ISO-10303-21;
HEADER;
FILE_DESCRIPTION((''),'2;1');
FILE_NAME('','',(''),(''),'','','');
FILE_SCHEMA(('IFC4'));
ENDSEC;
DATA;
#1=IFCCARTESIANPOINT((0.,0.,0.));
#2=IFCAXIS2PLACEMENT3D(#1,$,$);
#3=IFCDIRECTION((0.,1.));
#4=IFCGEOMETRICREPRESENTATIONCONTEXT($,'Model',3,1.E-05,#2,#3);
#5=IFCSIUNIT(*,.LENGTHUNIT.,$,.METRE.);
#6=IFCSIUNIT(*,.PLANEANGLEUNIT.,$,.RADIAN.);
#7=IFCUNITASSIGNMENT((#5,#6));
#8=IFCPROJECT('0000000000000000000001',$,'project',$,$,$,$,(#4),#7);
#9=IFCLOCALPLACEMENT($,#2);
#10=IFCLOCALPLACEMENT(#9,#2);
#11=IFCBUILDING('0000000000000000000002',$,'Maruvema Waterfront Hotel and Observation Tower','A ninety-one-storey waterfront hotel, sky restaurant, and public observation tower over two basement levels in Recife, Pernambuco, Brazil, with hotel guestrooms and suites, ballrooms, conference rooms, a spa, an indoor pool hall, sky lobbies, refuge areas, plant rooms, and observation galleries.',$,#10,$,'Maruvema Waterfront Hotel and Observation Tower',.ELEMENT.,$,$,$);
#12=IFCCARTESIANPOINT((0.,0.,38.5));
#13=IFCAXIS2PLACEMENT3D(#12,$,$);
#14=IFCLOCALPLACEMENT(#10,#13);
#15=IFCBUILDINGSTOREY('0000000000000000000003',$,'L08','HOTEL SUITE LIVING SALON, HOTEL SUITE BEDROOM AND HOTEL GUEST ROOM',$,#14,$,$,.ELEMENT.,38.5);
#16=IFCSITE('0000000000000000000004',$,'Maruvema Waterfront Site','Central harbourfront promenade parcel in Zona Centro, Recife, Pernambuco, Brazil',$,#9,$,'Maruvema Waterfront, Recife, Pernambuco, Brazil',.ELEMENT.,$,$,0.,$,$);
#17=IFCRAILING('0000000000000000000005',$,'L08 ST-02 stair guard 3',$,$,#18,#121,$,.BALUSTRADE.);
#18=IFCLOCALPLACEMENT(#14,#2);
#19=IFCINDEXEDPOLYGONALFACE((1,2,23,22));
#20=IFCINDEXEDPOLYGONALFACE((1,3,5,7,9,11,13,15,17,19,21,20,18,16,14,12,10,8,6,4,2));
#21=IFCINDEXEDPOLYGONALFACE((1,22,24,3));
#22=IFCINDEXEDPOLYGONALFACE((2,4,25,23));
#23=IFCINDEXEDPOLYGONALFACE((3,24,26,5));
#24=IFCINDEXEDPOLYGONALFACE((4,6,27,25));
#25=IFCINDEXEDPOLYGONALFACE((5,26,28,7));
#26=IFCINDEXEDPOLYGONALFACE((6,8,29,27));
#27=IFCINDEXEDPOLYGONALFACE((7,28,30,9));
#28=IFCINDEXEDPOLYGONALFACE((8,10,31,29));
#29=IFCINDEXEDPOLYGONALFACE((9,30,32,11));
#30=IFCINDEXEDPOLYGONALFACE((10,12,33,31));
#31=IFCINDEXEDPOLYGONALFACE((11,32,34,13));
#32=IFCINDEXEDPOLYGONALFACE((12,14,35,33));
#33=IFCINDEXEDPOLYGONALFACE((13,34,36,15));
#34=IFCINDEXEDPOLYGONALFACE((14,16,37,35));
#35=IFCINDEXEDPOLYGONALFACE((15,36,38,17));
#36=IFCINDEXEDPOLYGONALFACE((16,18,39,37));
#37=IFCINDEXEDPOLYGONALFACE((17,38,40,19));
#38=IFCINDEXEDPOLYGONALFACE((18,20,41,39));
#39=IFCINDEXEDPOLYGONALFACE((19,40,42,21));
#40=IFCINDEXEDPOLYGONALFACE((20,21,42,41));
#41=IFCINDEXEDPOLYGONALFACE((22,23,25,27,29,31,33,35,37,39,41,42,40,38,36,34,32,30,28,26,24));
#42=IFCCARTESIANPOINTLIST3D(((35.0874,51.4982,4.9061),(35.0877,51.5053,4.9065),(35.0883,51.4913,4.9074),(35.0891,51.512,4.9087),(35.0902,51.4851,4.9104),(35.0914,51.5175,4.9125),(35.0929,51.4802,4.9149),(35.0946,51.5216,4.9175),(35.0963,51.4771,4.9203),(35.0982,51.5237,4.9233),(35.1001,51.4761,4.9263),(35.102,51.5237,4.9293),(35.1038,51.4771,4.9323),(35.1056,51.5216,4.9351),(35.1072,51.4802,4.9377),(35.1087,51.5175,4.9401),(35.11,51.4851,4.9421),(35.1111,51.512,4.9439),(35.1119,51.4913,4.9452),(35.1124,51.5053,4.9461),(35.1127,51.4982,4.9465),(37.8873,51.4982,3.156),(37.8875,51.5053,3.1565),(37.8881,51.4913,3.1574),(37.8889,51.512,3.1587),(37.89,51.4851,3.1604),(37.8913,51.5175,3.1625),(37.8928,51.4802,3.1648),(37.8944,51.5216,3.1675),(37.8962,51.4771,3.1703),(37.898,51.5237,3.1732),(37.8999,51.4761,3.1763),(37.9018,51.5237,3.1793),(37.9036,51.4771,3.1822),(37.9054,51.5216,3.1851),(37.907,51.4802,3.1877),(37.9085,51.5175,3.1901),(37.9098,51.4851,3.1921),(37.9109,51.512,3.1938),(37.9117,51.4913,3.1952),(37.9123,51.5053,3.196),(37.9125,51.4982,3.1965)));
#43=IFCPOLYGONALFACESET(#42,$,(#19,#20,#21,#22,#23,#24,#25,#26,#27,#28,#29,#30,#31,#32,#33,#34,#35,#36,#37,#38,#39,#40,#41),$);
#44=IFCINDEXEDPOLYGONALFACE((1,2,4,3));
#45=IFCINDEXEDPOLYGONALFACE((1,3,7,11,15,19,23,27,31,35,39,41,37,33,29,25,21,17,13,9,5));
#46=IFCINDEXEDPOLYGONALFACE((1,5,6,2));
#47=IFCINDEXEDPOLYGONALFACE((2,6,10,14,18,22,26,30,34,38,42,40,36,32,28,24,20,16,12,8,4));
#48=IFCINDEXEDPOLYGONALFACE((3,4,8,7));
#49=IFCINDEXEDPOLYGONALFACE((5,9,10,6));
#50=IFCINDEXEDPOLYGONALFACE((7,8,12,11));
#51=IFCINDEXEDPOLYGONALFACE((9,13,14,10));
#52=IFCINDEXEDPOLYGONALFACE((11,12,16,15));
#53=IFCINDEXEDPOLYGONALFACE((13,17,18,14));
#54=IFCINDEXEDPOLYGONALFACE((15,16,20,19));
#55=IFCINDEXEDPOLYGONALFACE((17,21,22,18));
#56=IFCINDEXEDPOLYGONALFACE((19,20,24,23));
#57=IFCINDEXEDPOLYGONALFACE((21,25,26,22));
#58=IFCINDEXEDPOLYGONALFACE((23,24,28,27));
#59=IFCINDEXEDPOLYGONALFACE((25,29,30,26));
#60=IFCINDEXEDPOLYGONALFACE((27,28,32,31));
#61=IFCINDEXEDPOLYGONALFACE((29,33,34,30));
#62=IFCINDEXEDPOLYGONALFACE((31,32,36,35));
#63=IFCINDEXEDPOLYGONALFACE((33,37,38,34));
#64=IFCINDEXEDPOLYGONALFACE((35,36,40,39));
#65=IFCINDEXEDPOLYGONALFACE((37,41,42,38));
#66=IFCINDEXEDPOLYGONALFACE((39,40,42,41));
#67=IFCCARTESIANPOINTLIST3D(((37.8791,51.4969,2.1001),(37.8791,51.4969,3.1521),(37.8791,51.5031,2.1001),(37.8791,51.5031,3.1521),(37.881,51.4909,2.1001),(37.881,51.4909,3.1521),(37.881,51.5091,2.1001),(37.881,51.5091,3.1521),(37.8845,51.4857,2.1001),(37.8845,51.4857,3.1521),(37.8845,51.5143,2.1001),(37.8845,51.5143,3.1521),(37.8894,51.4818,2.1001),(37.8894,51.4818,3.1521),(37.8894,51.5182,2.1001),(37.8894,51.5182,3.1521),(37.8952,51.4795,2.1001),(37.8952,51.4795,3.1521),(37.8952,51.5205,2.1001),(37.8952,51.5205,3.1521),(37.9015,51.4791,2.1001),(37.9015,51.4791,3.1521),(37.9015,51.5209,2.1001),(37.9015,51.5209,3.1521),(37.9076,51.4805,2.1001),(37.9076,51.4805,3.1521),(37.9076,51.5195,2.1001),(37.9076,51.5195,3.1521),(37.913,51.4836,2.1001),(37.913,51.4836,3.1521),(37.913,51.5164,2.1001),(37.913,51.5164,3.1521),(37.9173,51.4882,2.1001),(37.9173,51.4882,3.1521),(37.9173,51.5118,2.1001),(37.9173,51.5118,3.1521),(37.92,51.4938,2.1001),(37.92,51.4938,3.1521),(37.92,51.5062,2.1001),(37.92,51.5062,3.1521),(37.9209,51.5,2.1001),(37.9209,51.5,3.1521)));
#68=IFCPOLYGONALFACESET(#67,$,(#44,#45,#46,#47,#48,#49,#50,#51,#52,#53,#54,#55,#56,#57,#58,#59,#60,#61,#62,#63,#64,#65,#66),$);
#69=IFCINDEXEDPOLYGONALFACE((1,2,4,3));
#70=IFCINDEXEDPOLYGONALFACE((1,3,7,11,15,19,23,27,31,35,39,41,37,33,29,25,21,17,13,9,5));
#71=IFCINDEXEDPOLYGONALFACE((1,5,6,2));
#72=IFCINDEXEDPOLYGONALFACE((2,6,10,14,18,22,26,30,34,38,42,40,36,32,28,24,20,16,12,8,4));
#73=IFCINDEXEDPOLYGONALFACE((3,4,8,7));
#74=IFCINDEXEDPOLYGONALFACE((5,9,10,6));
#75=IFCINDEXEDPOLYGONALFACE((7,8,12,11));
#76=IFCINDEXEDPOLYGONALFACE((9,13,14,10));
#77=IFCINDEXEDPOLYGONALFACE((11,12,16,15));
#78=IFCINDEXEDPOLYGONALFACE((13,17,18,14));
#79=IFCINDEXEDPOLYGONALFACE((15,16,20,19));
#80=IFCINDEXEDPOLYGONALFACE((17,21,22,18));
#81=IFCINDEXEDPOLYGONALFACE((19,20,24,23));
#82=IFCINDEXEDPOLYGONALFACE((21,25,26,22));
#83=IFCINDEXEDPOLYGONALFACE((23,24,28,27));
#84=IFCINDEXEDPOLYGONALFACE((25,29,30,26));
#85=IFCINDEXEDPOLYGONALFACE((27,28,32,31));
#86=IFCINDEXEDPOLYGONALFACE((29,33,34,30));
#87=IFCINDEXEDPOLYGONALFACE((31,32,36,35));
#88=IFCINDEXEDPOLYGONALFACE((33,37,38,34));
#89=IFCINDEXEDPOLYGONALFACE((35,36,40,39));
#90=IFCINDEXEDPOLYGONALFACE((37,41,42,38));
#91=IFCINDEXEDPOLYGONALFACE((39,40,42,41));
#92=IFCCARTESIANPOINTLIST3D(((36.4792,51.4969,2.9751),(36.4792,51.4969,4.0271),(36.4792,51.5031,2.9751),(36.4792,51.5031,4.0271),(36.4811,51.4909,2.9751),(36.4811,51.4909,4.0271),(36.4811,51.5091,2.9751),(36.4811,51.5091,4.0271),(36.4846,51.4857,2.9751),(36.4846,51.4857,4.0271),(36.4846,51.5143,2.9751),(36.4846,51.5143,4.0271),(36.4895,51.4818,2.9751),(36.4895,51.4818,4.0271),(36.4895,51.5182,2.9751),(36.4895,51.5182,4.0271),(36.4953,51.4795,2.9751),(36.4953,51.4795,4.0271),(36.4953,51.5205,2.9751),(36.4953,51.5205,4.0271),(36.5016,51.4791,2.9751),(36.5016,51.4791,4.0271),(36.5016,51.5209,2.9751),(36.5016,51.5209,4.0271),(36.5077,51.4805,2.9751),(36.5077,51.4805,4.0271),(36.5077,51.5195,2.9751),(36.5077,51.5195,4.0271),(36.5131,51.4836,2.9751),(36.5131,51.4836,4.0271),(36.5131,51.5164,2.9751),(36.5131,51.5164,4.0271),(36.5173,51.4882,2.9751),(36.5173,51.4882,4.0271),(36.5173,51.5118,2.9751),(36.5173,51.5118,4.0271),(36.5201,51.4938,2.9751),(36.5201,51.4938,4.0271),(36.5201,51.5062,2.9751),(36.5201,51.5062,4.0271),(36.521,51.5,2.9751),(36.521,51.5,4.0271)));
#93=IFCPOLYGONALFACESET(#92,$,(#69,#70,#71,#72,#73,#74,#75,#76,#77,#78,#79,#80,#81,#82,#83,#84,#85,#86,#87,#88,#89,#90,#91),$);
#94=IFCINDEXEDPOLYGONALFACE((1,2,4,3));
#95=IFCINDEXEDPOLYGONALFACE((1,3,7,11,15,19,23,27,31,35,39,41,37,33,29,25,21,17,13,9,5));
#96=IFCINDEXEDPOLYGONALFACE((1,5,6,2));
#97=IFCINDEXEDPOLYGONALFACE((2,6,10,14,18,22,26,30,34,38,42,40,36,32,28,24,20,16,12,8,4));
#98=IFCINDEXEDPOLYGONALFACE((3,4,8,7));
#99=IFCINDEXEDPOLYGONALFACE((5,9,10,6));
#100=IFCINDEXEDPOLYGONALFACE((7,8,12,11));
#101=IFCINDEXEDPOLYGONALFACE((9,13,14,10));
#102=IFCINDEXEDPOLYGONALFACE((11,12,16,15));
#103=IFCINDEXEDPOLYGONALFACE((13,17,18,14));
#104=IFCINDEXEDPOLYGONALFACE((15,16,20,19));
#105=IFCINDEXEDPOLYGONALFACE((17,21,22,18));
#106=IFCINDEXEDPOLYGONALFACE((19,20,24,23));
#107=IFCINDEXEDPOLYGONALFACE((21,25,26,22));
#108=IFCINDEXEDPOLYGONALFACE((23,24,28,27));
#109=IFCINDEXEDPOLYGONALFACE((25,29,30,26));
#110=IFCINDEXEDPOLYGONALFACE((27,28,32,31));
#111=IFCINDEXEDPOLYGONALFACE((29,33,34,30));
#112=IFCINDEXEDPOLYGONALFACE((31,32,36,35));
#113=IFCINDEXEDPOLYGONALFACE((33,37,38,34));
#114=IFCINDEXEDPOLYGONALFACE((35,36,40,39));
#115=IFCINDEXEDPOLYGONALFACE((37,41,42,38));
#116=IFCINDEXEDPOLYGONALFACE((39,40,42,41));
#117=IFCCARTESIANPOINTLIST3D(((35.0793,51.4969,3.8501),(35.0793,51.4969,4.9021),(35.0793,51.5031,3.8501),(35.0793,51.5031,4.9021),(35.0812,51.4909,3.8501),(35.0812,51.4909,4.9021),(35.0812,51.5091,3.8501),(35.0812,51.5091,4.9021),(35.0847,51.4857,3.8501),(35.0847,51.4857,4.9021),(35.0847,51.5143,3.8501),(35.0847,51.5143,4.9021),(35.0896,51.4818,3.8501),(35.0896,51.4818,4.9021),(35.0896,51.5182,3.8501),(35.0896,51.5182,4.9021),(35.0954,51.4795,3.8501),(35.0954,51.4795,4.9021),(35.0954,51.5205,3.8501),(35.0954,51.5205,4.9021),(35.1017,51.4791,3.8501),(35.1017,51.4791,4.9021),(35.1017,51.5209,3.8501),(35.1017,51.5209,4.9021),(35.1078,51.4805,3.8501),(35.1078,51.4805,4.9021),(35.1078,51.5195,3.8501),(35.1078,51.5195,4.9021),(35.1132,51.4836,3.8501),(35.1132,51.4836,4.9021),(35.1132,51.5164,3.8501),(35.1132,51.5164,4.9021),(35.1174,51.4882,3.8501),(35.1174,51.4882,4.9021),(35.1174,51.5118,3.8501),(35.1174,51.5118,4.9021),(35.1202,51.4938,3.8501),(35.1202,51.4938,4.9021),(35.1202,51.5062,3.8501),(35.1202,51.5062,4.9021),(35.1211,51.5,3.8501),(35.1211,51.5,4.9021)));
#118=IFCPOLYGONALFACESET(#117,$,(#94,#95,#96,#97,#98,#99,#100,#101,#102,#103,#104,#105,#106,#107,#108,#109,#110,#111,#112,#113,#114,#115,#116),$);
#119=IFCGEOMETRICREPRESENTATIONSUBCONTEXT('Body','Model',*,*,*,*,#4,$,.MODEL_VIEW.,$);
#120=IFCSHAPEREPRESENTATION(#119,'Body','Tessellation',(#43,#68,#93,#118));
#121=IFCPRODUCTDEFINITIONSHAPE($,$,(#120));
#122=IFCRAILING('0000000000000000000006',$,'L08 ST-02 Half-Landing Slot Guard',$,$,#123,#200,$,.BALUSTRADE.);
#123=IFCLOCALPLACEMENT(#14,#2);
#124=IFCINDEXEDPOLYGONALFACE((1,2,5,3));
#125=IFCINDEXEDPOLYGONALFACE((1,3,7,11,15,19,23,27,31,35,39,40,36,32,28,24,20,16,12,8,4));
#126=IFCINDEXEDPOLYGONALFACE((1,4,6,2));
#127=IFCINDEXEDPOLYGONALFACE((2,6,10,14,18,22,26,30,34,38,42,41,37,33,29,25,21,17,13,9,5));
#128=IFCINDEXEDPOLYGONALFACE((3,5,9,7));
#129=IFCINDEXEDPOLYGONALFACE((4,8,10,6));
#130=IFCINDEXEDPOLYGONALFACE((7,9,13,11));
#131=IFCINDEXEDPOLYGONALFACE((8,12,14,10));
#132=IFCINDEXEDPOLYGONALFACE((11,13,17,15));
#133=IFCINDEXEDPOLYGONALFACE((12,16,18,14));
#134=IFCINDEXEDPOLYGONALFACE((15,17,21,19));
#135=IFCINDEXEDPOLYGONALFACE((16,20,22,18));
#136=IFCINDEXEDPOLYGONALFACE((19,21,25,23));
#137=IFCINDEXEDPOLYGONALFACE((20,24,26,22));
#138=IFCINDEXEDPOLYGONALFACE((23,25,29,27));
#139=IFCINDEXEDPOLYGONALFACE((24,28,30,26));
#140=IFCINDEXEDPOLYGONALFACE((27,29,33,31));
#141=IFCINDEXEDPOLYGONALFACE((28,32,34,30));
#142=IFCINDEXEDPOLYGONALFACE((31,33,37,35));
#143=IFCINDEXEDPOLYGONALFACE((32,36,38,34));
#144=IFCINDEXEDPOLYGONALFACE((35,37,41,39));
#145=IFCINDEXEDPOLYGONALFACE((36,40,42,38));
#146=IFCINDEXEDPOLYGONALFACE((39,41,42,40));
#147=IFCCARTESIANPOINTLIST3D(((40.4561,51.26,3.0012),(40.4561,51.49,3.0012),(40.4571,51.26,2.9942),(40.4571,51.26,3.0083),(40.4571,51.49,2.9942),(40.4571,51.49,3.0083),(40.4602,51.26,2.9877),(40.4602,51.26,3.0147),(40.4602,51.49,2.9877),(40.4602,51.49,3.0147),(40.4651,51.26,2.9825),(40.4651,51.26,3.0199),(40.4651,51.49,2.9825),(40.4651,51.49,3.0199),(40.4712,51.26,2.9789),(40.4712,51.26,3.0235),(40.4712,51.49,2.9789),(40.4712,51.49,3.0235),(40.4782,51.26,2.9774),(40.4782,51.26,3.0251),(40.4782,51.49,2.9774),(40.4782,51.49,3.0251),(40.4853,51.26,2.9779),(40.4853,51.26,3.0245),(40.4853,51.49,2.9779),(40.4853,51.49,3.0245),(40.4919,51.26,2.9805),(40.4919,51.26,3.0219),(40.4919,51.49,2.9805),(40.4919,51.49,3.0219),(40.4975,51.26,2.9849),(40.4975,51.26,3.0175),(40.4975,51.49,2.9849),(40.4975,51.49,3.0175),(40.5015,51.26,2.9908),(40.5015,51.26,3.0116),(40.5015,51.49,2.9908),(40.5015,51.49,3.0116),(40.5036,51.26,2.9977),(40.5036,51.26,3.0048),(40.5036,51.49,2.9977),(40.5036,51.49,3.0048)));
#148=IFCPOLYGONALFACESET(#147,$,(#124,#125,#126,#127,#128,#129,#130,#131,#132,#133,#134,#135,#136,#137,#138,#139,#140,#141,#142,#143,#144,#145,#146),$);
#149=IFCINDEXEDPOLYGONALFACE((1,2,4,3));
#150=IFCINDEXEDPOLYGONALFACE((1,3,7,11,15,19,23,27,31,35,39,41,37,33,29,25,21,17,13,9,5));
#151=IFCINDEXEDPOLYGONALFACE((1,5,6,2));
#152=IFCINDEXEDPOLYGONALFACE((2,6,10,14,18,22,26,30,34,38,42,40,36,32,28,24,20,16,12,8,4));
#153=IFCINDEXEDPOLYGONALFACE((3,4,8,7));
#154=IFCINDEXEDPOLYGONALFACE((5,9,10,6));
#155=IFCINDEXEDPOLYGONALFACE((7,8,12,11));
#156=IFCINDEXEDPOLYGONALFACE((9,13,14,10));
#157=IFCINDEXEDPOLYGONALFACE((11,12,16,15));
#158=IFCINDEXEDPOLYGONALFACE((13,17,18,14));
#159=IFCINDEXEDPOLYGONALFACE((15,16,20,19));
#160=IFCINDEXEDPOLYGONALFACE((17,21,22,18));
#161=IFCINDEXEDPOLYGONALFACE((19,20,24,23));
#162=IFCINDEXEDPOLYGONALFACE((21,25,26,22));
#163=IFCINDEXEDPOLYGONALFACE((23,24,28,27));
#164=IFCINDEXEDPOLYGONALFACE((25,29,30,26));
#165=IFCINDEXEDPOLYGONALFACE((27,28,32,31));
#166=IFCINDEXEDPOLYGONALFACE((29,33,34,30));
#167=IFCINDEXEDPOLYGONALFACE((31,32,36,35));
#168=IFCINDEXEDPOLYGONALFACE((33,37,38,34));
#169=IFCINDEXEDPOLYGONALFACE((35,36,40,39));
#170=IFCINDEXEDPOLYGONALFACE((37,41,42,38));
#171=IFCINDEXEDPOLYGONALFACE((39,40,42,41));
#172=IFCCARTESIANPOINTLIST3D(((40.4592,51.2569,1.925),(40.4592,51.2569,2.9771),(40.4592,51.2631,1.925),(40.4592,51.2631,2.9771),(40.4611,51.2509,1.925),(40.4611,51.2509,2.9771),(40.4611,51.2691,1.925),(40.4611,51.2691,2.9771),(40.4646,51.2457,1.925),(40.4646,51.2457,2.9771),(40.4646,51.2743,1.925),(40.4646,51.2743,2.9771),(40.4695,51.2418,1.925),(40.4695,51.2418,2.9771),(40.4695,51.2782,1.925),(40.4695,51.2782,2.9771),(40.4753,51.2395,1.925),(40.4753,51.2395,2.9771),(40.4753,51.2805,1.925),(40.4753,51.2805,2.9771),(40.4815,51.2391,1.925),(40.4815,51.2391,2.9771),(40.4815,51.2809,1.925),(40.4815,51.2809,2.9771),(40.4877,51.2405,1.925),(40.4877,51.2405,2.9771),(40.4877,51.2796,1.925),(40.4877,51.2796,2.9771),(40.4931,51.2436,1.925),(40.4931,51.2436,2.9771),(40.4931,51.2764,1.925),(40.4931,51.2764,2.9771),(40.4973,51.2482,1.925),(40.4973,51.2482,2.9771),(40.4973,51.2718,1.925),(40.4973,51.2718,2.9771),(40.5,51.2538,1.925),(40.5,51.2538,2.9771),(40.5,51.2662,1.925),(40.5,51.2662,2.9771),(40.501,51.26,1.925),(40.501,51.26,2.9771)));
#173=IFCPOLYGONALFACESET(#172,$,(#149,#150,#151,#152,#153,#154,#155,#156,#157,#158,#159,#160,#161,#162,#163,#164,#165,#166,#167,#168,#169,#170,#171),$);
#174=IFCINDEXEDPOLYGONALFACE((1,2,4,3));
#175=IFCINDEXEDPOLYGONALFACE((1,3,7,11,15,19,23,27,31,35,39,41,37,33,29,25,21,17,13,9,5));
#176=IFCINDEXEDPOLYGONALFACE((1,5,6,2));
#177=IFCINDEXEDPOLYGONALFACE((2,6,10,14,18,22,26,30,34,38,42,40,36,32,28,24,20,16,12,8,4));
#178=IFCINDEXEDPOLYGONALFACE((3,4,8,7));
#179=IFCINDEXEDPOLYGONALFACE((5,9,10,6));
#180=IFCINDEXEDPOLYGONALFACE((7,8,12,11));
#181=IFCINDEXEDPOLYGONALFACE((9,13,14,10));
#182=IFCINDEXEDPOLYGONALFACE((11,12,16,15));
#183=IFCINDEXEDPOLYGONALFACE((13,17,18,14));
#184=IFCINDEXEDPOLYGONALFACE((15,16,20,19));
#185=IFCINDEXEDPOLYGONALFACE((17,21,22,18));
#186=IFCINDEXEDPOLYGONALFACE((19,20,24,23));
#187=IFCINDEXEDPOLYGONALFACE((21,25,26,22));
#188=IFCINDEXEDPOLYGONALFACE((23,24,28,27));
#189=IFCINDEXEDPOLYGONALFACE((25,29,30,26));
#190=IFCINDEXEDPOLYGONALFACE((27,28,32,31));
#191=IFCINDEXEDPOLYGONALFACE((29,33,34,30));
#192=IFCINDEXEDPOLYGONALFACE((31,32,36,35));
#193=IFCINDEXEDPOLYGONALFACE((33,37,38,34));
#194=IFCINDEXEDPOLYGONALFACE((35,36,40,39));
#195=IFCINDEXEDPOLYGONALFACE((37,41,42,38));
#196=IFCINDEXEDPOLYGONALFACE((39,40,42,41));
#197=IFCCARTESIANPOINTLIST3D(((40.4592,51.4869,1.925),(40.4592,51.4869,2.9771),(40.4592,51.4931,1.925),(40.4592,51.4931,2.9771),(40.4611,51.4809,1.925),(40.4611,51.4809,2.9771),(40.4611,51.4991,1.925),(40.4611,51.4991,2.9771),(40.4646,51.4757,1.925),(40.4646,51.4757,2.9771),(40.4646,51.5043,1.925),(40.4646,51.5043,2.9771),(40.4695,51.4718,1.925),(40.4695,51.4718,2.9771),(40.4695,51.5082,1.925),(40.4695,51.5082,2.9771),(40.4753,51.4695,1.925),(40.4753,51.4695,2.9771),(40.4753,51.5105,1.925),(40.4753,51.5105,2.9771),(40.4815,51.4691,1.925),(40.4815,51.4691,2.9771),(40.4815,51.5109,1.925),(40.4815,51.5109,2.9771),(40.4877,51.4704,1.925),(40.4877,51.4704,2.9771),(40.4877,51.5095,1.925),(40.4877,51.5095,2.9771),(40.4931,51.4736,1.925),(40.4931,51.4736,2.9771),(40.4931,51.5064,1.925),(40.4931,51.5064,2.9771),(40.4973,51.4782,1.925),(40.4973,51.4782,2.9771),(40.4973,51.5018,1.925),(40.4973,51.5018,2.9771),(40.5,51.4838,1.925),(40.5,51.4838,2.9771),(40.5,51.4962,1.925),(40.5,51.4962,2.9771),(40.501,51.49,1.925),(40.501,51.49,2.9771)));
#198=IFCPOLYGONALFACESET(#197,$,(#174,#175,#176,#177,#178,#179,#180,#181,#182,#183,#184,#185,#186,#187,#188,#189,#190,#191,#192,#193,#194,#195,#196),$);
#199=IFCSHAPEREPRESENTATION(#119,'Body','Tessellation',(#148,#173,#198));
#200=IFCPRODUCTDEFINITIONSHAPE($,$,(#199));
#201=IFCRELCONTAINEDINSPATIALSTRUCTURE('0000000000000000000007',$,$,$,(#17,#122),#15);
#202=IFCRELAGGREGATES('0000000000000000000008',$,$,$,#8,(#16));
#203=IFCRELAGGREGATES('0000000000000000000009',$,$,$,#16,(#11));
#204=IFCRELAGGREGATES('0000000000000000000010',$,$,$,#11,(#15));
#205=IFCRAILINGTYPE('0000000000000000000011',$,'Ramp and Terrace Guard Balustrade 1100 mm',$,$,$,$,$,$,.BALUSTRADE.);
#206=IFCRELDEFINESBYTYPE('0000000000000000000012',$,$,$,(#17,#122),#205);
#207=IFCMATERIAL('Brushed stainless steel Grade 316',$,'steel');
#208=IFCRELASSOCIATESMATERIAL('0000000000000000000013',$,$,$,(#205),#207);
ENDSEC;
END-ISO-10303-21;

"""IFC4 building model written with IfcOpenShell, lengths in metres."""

from ifc_helpers import new_model, si_unit, direction, frame, origin, origin_2d, place, context, subcontext, project, spatial, circle, extrude, material, type_object, element, save


model = new_model("IFC4")

# Units and contexts
model_context = context("Model", 3, precision=1e-05, world=origin(), true_north=direction((0.0, 1.0)))
body_context = subcontext(model_context, "Body", "Model", "MODEL_VIEW")
ifc_project = project(units=[si_unit("LENGTHUNIT", "METRE"), si_unit("PLANEANGLEUNIT", "RADIAN")], contexts=[model_context])

# Site, building, storey
site_placement = place(None, origin())
site = spatial("IfcSite", under=ifc_project, at=site_placement, Name="Maruvema Waterfront Site", Description="Central harbourfront promenade parcel in Zona Centro, Recife, Pernambuco, Brazil", LongName="Maruvema Waterfront, Recife, Pernambuco, Brazil", CompositionType="ELEMENT", RefElevation=0.0)
building_placement = place(site_placement, origin())
building = spatial("IfcBuilding", under=site, at=building_placement, Name="Maruvema Waterfront Hotel and Observation Tower", Description="A ninety-one-storey waterfront hotel, sky restaurant, and public observation tower over two basement levels in Recife, Pernambuco, Brazil, with hotel guestrooms and suites, ballrooms, conference rooms, a spa, an indoor pool hall, sky lobbies, refuge areas, plant rooms, and observation galleries.", LongName="Maruvema Waterfront Hotel and Observation Tower", CompositionType="ELEMENT")
storey_placement = place(building_placement, frame((0.0, 0.0, 38.5)))
storey = spatial("IfcBuildingStorey", under=building, at=storey_placement, Name="L08", Description="HOTEL SUITE LIVING SALON, HOTEL SUITE BEDROOM AND HOTEL GUEST ROOM", CompositionType="ELEMENT", Elevation=38.5)

# Railings
ifc_material_1 = material(Name="Brushed stainless steel Grade 316", Category="steel")
railing_type_1 = type_object("IfcRailingType", Name="Ramp and Terrace Guard Balustrade 1100 mm", PredefinedType="BALUSTRADE", material=ifc_material_1)
railing_1_placement = place(storey_placement, frame((37.8999, 51.5, 2.1001)))
element("IfcRailing", 1, at=railing_1_placement, inside=storey, type_object=railing_type_1, Name="L08 ST-02 stair guard 3", PredefinedType="BALUSTRADE", context=body_context, shape_type="SweptSolid", body=[
    extrude(circle(Radius=0.0239, at=origin_2d()), frame((0.0, 0.0, 1.0762), z_axis=(-0.847982, 0.0, 0.530026), x_axis=(0.0, -1.0, 0.0)), (0.0, 0.0, 1.0), 3.3018),
    extrude(circle(Radius=0.021, at=origin_2d()), origin(), (0.0, 0.0, 1.0), 1.052),
    extrude(circle(Radius=0.021, at=origin_2d()), frame((-1.3999, 0.0, 0.875)), (0.0, 0.0, 1.0), 1.052),
    extrude(circle(Radius=0.021, at=origin_2d()), frame((-2.7998, 0.0, 1.75)), (0.0, 0.0, 1.0), 1.052),
])
railing_2_placement = place(storey_placement, frame((40.48, 51.26, 1.925)))
element("IfcRailing", 2, at=railing_2_placement, inside=storey, type_object=railing_type_1, Name="L08 ST-02 Half-Landing Slot Guard", PredefinedType="BALUSTRADE", context=body_context, shape_type="SweptSolid", body=[
    extrude(circle(Radius=0.0239, at=origin_2d()), frame((0.0, 0.0, 1.0762), z_axis=(0.0, 1.0, 0.0), x_axis=(-1.0, 0.0, 0.0)), (0.0, 0.0, 1.0), 0.23),
    extrude(circle(Radius=0.021, at=origin_2d()), origin(), (0.0, 0.0, 1.0), 1.052),
    extrude(circle(Radius=0.021, at=origin_2d()), frame((0.0, 0.23, 0.0)), (0.0, 0.0, 1.0), 1.052),
])

save(model, "model.ifc")
